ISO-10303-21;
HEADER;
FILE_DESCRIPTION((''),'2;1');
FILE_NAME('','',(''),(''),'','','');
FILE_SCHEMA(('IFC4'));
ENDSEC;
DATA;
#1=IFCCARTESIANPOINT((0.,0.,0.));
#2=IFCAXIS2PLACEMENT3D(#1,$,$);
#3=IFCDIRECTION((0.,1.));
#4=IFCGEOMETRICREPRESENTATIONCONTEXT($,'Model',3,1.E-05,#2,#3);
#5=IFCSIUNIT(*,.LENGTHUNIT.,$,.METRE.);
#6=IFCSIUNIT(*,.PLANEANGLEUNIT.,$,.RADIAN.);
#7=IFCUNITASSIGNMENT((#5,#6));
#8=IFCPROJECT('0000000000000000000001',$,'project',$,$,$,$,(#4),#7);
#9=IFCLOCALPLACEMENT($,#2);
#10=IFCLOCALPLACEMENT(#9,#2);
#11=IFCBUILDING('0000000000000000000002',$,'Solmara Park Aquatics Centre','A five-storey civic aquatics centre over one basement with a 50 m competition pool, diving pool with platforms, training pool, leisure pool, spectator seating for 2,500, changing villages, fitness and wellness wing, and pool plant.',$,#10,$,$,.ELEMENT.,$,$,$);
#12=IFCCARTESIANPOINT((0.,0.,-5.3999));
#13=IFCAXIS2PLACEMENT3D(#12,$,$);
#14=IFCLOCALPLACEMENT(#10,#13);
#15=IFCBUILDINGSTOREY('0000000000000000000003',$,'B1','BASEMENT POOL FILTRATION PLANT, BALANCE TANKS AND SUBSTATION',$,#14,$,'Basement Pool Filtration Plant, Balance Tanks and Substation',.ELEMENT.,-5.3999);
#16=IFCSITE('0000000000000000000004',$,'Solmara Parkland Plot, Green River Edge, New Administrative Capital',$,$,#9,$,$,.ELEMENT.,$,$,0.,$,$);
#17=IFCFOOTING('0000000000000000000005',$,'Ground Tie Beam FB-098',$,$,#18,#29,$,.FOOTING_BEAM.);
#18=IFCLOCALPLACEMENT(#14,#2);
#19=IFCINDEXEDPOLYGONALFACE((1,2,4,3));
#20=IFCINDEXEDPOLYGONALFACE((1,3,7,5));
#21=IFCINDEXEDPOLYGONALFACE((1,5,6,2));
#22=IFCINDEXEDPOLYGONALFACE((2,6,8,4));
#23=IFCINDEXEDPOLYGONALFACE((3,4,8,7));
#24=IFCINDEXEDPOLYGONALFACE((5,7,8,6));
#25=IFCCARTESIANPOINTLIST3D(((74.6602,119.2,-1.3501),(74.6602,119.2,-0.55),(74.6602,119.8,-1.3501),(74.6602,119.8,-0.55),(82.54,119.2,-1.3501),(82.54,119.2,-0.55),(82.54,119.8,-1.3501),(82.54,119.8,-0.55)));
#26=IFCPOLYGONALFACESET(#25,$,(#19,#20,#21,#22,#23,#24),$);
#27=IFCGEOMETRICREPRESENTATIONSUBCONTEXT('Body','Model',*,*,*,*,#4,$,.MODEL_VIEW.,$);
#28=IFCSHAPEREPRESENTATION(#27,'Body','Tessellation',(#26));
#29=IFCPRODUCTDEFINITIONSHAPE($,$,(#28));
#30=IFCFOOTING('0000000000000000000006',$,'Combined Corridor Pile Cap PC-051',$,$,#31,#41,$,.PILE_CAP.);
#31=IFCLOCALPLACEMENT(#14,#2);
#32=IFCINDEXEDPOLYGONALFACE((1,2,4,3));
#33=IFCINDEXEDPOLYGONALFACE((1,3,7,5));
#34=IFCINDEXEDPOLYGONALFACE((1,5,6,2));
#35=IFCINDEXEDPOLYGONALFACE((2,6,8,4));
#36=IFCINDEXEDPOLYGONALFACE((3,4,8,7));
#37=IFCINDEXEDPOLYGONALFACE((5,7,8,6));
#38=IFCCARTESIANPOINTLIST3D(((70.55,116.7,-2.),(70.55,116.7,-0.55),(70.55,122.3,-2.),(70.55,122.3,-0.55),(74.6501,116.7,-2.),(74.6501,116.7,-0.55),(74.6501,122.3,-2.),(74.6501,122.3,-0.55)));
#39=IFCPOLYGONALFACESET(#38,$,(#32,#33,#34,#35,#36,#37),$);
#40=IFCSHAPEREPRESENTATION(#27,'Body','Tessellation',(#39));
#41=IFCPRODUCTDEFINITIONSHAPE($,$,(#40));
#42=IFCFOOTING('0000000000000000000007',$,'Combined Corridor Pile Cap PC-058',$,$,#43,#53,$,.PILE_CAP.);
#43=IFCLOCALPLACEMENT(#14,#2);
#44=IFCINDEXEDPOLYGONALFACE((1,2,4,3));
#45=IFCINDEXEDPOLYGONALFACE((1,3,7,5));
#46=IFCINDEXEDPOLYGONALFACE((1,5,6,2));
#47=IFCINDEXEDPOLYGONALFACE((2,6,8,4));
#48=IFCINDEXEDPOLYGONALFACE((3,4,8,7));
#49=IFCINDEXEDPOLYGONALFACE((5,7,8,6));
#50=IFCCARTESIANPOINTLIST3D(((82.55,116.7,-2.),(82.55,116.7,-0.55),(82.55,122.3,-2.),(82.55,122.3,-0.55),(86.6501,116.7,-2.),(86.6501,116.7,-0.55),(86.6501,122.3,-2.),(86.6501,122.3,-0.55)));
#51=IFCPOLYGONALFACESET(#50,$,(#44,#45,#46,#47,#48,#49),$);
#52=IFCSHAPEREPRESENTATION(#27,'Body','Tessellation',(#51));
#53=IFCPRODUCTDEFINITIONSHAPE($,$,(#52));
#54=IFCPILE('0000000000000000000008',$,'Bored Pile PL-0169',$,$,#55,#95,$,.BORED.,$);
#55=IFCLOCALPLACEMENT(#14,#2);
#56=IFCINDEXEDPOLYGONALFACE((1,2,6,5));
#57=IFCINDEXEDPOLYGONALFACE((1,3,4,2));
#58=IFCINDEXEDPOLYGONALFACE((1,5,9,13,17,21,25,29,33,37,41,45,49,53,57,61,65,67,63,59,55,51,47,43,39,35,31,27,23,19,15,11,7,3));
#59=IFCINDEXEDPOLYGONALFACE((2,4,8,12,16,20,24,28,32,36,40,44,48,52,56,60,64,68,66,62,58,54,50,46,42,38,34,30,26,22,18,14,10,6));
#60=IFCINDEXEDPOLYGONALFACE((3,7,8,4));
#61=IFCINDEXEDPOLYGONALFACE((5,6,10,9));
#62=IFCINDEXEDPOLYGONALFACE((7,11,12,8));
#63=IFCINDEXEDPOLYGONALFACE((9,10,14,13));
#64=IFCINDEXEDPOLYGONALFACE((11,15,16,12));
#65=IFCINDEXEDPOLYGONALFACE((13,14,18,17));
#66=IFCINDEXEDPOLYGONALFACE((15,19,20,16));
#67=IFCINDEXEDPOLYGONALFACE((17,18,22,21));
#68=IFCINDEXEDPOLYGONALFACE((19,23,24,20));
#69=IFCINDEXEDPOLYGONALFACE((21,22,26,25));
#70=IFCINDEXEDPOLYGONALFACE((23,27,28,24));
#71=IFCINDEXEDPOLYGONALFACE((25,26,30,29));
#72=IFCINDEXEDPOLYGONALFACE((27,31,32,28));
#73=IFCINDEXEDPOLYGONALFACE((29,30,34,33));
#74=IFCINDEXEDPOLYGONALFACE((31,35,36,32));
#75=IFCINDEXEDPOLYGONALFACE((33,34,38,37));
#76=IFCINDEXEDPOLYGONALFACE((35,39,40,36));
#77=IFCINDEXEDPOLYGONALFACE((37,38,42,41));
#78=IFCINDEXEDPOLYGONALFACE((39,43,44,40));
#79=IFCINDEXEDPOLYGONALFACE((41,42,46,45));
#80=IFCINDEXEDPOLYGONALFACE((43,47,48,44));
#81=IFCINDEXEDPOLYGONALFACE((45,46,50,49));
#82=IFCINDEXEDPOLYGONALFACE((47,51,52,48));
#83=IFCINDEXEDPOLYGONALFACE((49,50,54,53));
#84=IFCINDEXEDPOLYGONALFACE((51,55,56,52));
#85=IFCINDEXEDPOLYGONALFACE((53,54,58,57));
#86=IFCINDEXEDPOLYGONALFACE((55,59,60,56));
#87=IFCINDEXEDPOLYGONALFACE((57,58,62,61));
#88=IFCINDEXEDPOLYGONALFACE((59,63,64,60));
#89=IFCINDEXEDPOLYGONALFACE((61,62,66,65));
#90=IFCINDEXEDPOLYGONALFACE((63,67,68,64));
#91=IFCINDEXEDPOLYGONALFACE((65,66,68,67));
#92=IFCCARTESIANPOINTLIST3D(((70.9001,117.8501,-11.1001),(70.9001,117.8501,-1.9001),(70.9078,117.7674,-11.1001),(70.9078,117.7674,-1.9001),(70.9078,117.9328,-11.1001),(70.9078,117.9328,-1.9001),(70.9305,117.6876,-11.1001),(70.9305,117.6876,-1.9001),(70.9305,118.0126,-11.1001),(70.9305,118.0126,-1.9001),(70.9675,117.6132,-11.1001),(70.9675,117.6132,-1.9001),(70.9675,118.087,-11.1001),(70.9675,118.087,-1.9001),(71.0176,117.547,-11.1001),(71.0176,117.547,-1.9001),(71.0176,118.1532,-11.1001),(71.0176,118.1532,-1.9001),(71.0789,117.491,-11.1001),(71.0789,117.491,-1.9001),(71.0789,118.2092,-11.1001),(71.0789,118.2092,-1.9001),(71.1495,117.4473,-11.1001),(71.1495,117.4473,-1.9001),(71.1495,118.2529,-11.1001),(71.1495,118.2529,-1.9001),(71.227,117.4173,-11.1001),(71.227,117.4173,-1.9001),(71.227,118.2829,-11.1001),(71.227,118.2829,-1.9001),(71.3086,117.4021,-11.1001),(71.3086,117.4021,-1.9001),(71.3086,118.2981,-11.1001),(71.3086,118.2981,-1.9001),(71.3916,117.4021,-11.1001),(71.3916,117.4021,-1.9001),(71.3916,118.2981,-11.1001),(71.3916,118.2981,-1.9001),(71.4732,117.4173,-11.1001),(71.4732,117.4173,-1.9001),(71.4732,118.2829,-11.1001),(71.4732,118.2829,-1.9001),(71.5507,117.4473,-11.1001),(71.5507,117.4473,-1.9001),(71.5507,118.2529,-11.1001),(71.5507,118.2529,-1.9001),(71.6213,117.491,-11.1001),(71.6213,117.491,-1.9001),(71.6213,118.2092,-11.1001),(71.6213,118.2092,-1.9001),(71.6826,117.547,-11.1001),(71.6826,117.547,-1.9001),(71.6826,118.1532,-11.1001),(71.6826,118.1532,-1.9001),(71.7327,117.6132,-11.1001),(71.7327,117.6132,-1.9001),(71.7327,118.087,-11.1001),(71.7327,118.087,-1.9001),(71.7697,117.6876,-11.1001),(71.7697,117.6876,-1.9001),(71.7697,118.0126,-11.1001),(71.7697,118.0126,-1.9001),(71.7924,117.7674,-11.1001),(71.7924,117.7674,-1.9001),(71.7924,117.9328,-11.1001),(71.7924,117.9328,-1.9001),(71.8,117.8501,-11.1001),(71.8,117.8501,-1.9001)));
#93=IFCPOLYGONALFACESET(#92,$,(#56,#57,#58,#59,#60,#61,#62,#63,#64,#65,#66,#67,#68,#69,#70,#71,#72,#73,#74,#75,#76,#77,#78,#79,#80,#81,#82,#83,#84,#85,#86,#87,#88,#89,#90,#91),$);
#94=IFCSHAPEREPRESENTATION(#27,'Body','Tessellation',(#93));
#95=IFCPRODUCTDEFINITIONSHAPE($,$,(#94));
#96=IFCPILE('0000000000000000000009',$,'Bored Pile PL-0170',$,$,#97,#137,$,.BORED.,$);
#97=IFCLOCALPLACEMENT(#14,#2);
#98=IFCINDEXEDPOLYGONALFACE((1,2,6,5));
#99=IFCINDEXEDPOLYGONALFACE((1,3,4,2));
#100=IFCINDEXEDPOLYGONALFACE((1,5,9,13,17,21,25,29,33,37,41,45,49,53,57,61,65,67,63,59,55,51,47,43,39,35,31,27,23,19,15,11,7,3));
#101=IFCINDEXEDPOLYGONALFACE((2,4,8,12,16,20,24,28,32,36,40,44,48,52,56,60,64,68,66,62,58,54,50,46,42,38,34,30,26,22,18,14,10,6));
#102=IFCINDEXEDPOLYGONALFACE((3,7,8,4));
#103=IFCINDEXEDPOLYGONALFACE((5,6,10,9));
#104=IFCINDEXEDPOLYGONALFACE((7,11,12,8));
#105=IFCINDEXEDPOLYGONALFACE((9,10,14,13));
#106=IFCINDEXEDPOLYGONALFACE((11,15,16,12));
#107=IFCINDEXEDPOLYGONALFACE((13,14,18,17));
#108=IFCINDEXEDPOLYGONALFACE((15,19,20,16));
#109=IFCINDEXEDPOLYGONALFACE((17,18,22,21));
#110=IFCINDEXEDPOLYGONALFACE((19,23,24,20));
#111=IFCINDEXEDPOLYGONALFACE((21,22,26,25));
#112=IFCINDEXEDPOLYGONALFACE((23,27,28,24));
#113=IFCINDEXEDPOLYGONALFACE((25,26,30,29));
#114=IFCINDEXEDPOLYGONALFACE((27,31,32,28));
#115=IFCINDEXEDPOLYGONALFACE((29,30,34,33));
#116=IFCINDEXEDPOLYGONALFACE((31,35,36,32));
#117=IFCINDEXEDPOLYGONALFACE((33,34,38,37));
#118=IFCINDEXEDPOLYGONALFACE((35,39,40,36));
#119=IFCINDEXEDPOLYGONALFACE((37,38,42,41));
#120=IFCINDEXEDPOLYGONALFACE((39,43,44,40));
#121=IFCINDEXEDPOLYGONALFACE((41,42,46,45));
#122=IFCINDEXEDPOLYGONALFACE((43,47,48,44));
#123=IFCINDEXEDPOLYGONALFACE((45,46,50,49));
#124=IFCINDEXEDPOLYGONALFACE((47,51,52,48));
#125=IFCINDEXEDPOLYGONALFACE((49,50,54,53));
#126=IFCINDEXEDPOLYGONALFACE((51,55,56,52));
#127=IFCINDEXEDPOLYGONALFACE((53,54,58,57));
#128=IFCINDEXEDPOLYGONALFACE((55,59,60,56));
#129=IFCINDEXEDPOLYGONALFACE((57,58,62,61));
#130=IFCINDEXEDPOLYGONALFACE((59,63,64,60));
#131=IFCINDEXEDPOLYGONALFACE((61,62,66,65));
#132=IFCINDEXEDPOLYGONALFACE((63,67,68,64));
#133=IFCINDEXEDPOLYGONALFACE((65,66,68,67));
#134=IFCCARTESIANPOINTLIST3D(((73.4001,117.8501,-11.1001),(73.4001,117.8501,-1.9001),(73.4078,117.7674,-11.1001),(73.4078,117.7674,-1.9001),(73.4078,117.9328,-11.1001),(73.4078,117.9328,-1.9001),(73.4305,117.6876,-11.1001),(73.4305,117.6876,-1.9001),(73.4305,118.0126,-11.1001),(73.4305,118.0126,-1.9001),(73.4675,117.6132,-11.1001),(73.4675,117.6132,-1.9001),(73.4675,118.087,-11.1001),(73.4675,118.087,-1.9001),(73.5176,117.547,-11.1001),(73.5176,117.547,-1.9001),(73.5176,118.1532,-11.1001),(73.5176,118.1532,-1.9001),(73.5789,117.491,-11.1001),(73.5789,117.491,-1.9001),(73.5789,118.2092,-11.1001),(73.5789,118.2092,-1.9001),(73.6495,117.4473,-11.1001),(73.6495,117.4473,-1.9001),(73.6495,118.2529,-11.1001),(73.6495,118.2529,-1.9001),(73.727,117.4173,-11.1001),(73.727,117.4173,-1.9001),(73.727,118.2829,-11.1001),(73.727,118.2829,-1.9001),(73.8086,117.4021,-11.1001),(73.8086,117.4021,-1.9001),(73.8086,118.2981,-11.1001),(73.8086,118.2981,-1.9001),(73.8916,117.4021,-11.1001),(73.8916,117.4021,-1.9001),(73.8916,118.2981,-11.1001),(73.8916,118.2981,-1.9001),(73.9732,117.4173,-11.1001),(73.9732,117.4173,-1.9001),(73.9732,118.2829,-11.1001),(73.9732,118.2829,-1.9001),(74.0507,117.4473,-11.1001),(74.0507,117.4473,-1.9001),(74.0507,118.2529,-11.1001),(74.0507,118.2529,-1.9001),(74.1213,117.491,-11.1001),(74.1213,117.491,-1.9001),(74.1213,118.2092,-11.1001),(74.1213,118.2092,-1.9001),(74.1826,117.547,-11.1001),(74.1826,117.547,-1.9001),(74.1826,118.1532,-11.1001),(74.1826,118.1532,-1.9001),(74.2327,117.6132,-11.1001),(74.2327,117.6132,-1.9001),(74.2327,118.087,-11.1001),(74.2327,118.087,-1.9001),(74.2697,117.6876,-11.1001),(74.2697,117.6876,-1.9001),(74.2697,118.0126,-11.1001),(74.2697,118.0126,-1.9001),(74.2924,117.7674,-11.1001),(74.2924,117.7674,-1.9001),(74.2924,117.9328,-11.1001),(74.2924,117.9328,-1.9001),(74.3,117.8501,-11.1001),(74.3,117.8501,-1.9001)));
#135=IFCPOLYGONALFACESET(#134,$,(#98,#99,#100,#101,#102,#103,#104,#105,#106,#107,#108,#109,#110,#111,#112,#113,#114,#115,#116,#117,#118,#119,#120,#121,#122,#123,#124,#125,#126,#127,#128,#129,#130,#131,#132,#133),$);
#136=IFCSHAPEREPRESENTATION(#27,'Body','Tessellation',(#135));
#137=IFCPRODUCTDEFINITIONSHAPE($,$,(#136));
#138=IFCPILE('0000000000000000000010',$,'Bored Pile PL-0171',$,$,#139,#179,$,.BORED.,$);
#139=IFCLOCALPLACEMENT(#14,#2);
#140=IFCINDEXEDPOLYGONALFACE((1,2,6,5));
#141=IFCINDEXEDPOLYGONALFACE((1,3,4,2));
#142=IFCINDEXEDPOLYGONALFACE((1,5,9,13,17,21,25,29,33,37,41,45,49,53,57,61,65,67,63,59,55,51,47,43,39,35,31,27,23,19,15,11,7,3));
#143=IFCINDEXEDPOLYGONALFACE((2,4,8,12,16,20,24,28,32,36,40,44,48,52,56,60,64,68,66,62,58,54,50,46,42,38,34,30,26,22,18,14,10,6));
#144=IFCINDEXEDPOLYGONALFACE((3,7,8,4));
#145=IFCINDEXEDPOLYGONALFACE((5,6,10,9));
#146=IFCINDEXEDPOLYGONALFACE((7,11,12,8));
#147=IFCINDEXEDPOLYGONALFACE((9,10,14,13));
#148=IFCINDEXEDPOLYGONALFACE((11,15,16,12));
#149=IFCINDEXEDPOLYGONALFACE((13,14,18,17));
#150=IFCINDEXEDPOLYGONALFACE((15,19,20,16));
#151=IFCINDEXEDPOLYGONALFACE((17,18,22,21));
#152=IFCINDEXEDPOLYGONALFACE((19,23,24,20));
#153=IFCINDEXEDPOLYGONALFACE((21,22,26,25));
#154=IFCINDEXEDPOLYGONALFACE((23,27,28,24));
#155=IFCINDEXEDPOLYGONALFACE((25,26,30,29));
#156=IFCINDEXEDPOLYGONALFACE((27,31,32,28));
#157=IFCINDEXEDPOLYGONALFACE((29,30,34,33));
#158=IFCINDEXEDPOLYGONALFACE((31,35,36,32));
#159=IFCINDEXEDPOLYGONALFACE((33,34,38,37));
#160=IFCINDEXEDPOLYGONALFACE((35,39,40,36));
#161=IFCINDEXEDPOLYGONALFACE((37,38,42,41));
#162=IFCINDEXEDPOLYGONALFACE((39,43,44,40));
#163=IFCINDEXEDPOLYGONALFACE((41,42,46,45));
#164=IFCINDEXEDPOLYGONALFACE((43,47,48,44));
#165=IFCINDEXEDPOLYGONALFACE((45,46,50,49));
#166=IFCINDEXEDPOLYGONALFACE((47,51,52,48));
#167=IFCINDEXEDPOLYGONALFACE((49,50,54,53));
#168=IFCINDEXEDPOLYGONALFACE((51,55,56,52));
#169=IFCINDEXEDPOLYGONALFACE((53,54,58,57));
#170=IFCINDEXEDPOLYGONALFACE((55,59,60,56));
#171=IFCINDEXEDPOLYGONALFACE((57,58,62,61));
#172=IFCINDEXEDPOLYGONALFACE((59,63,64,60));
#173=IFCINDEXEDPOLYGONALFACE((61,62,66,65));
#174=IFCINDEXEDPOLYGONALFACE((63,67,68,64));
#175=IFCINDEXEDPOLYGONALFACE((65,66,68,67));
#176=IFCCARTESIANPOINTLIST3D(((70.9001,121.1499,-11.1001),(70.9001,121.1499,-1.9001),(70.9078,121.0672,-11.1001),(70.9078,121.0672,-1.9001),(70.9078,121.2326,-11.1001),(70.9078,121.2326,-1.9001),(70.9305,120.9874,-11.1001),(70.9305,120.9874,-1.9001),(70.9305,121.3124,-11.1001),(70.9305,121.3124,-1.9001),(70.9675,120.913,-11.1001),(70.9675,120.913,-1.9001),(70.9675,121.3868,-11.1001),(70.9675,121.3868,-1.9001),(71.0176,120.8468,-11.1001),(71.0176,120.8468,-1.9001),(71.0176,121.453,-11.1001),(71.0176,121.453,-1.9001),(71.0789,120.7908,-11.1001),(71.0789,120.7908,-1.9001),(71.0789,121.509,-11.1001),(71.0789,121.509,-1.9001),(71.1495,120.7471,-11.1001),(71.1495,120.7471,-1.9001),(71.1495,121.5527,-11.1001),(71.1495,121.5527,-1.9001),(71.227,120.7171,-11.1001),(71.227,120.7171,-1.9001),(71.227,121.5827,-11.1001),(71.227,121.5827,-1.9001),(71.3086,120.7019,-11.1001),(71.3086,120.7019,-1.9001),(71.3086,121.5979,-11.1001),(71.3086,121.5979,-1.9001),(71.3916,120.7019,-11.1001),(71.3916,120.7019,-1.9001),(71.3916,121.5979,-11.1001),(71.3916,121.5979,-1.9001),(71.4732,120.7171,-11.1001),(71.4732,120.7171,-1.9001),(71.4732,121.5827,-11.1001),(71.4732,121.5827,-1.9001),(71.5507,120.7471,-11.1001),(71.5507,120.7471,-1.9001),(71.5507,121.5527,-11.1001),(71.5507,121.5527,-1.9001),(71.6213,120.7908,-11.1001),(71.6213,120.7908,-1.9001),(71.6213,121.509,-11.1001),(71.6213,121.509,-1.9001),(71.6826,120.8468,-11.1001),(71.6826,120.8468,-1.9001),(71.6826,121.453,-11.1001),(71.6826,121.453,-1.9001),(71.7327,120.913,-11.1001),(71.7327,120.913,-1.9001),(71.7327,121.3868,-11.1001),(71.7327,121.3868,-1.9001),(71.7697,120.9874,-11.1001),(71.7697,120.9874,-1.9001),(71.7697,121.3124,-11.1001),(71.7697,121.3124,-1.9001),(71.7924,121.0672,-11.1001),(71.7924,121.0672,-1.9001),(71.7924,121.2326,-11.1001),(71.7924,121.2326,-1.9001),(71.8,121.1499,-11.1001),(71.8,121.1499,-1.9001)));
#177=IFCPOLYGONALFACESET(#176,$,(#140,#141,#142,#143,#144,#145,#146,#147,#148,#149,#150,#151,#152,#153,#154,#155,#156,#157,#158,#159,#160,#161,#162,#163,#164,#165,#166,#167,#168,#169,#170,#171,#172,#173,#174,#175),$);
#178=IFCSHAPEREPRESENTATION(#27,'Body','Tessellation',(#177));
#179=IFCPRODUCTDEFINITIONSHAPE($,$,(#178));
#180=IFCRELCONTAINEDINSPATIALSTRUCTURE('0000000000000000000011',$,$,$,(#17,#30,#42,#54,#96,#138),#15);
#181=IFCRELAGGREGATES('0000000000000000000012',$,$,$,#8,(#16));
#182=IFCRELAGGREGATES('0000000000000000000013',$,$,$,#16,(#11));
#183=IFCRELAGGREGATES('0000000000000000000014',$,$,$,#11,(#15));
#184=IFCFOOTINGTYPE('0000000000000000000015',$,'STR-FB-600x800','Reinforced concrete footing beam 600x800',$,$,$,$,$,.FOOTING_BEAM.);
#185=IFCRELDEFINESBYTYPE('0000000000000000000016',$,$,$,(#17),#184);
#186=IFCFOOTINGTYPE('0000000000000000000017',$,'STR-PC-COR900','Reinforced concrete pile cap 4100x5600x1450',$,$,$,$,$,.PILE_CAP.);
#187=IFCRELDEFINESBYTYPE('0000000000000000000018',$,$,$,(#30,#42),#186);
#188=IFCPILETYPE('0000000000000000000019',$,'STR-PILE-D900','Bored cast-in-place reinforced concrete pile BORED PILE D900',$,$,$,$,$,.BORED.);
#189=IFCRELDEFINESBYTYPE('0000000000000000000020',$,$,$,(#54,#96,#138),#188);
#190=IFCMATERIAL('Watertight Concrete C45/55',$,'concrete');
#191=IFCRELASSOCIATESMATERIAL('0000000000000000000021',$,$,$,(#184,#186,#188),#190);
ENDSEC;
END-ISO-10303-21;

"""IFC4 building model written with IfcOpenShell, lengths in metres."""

from ifc_helpers import new_model, si_unit, direction, frame, origin, origin_2d, place, context, subcontext, project, spatial, rectangle, circle, extrude, material, material_profile, profile_set, type_object, element, save


model = new_model("IFC4")

# Units and contexts
model_context = context("Model", 3, precision=1e-05, world=origin(), true_north=direction((0.0, 1.0)))
body_context = subcontext(model_context, "Body", "Model", "MODEL_VIEW")
ifc_project = project(units=[si_unit("LENGTHUNIT", "METRE"), si_unit("PLANEANGLEUNIT", "RADIAN")], contexts=[model_context])

# Site, building, storey
site_placement = place(None, origin())
site = spatial("IfcSite", under=ifc_project, at=site_placement, Name="Solmara Parkland Plot, Green River Edge, New Administrative Capital", CompositionType="ELEMENT", RefElevation=0.0)
building_placement = place(site_placement, origin())
building = spatial("IfcBuilding", under=site, at=building_placement, Name="Solmara Park Aquatics Centre", Description="A five-storey civic aquatics centre over one basement with a 50 m competition pool, diving pool with platforms, training pool, leisure pool, spectator seating for 2,500, changing villages, fitness and wellness wing, and pool plant.", CompositionType="ELEMENT")
storey_placement = place(building_placement, frame((0.0, 0.0, -5.3999)))
storey = spatial("IfcBuildingStorey", under=building, at=storey_placement, Name="B1", Description="BASEMENT POOL FILTRATION PLANT, BALANCE TANKS AND SUBSTATION", LongName="Basement Pool Filtration Plant, Balance Tanks and Substation", CompositionType="ELEMENT", Elevation=-5.3999)

# Footings
ifc_material_1 = material(Name="Watertight Concrete C45/55", Category="concrete")
footing_type_1 = type_object("IfcFootingType", Name="STR-FB-600x800", Description="Reinforced concrete footing beam 600x800", PredefinedType="FOOTING_BEAM", material=ifc_material_1)
footing_1_placement = place(storey_placement, frame((78.6001, 119.5, -1.3501), z_axis=(0.0, 0.0, 1.0), x_axis=(1.0, 0.0, 0.0)))
element("IfcFooting", 1, at=footing_1_placement, inside=storey, type_object=footing_type_1, Name="Ground Tie Beam FB-098", PredefinedType="FOOTING_BEAM", context=body_context, shape_type="SweptSolid", body=[
    extrude(rectangle(XDim=7.8799, YDim=0.6001, at=origin_2d()), origin(), (0.0, 0.0, 1.0), 0.8),
])
footing_type_2 = type_object("IfcFootingType", Name="STR-PC-COR900", Description="Reinforced concrete pile cap 4100x5600x1450", PredefinedType="PILE_CAP", material=ifc_material_1)
for number, where, z_axis, x_axis, name in (
    (2, (72.6001, 119.5, -2.0), (0.0, 0.0, 1.0), (1.0, 0.0, 0.0), "Combined Corridor Pile Cap PC-051"),
    (3, (84.6001, 119.5, -2.0), (0.0, 0.0, 1.0), (1.0, 0.0, 0.0), "Combined Corridor Pile Cap PC-058"),
):
    element("IfcFooting", number, at=place(storey_placement, frame(where, z_axis=z_axis, x_axis=x_axis)), inside=storey, type_object=footing_type_2, Name=name, PredefinedType="PILE_CAP", context=body_context, shape_type="SweptSolid", body=[
        extrude(rectangle(XDim=4.1001, YDim=5.6001, at=origin_2d()), origin(), (0.0, 0.0, 1.0), 1.45),
    ])

# Piles
ifc_material_profile_1 = material_profile(ifc_material_1, circle(Radius=0.45, at=origin_2d()), Name="BORED PILE D900")
ifc_profile_set_1 = profile_set([ifc_material_profile_1], Name="Watertight Concrete C45/55")
pile_type = type_object("IfcPileType", Name="STR-PILE-D900", Description="Bored cast-in-place reinforced concrete pile BORED PILE D900", PredefinedType="BORED", material=ifc_profile_set_1)
for number, where, z_axis, x_axis, name in (
    (4, (71.3501, 117.8501, -1.9001), (0.0, 0.0, -1.0), (1.0, 0.0, 0.0), "Bored Pile PL-0169"),
    (5, (73.8501, 117.8501, -1.9001), (0.0, 0.0, -1.0), (1.0, 0.0, 0.0), "Bored Pile PL-0170"),
    (6, (71.3501, 121.1499, -1.9001), (0.0, 0.0, -1.0), (1.0, 0.0, 0.0), "Bored Pile PL-0171"),
):
    element("IfcPile", number, at=place(storey_placement, frame(where, z_axis=z_axis, x_axis=x_axis)), inside=storey, type_object=pile_type, Name=name, PredefinedType="BORED", context=body_context, shape_type="SweptSolid", body=[
        extrude(circle(Radius=0.45, at=origin_2d()), origin(), (0.0, 0.0, 1.0), 9.2),
    ])

save(model, "model.ifc")
